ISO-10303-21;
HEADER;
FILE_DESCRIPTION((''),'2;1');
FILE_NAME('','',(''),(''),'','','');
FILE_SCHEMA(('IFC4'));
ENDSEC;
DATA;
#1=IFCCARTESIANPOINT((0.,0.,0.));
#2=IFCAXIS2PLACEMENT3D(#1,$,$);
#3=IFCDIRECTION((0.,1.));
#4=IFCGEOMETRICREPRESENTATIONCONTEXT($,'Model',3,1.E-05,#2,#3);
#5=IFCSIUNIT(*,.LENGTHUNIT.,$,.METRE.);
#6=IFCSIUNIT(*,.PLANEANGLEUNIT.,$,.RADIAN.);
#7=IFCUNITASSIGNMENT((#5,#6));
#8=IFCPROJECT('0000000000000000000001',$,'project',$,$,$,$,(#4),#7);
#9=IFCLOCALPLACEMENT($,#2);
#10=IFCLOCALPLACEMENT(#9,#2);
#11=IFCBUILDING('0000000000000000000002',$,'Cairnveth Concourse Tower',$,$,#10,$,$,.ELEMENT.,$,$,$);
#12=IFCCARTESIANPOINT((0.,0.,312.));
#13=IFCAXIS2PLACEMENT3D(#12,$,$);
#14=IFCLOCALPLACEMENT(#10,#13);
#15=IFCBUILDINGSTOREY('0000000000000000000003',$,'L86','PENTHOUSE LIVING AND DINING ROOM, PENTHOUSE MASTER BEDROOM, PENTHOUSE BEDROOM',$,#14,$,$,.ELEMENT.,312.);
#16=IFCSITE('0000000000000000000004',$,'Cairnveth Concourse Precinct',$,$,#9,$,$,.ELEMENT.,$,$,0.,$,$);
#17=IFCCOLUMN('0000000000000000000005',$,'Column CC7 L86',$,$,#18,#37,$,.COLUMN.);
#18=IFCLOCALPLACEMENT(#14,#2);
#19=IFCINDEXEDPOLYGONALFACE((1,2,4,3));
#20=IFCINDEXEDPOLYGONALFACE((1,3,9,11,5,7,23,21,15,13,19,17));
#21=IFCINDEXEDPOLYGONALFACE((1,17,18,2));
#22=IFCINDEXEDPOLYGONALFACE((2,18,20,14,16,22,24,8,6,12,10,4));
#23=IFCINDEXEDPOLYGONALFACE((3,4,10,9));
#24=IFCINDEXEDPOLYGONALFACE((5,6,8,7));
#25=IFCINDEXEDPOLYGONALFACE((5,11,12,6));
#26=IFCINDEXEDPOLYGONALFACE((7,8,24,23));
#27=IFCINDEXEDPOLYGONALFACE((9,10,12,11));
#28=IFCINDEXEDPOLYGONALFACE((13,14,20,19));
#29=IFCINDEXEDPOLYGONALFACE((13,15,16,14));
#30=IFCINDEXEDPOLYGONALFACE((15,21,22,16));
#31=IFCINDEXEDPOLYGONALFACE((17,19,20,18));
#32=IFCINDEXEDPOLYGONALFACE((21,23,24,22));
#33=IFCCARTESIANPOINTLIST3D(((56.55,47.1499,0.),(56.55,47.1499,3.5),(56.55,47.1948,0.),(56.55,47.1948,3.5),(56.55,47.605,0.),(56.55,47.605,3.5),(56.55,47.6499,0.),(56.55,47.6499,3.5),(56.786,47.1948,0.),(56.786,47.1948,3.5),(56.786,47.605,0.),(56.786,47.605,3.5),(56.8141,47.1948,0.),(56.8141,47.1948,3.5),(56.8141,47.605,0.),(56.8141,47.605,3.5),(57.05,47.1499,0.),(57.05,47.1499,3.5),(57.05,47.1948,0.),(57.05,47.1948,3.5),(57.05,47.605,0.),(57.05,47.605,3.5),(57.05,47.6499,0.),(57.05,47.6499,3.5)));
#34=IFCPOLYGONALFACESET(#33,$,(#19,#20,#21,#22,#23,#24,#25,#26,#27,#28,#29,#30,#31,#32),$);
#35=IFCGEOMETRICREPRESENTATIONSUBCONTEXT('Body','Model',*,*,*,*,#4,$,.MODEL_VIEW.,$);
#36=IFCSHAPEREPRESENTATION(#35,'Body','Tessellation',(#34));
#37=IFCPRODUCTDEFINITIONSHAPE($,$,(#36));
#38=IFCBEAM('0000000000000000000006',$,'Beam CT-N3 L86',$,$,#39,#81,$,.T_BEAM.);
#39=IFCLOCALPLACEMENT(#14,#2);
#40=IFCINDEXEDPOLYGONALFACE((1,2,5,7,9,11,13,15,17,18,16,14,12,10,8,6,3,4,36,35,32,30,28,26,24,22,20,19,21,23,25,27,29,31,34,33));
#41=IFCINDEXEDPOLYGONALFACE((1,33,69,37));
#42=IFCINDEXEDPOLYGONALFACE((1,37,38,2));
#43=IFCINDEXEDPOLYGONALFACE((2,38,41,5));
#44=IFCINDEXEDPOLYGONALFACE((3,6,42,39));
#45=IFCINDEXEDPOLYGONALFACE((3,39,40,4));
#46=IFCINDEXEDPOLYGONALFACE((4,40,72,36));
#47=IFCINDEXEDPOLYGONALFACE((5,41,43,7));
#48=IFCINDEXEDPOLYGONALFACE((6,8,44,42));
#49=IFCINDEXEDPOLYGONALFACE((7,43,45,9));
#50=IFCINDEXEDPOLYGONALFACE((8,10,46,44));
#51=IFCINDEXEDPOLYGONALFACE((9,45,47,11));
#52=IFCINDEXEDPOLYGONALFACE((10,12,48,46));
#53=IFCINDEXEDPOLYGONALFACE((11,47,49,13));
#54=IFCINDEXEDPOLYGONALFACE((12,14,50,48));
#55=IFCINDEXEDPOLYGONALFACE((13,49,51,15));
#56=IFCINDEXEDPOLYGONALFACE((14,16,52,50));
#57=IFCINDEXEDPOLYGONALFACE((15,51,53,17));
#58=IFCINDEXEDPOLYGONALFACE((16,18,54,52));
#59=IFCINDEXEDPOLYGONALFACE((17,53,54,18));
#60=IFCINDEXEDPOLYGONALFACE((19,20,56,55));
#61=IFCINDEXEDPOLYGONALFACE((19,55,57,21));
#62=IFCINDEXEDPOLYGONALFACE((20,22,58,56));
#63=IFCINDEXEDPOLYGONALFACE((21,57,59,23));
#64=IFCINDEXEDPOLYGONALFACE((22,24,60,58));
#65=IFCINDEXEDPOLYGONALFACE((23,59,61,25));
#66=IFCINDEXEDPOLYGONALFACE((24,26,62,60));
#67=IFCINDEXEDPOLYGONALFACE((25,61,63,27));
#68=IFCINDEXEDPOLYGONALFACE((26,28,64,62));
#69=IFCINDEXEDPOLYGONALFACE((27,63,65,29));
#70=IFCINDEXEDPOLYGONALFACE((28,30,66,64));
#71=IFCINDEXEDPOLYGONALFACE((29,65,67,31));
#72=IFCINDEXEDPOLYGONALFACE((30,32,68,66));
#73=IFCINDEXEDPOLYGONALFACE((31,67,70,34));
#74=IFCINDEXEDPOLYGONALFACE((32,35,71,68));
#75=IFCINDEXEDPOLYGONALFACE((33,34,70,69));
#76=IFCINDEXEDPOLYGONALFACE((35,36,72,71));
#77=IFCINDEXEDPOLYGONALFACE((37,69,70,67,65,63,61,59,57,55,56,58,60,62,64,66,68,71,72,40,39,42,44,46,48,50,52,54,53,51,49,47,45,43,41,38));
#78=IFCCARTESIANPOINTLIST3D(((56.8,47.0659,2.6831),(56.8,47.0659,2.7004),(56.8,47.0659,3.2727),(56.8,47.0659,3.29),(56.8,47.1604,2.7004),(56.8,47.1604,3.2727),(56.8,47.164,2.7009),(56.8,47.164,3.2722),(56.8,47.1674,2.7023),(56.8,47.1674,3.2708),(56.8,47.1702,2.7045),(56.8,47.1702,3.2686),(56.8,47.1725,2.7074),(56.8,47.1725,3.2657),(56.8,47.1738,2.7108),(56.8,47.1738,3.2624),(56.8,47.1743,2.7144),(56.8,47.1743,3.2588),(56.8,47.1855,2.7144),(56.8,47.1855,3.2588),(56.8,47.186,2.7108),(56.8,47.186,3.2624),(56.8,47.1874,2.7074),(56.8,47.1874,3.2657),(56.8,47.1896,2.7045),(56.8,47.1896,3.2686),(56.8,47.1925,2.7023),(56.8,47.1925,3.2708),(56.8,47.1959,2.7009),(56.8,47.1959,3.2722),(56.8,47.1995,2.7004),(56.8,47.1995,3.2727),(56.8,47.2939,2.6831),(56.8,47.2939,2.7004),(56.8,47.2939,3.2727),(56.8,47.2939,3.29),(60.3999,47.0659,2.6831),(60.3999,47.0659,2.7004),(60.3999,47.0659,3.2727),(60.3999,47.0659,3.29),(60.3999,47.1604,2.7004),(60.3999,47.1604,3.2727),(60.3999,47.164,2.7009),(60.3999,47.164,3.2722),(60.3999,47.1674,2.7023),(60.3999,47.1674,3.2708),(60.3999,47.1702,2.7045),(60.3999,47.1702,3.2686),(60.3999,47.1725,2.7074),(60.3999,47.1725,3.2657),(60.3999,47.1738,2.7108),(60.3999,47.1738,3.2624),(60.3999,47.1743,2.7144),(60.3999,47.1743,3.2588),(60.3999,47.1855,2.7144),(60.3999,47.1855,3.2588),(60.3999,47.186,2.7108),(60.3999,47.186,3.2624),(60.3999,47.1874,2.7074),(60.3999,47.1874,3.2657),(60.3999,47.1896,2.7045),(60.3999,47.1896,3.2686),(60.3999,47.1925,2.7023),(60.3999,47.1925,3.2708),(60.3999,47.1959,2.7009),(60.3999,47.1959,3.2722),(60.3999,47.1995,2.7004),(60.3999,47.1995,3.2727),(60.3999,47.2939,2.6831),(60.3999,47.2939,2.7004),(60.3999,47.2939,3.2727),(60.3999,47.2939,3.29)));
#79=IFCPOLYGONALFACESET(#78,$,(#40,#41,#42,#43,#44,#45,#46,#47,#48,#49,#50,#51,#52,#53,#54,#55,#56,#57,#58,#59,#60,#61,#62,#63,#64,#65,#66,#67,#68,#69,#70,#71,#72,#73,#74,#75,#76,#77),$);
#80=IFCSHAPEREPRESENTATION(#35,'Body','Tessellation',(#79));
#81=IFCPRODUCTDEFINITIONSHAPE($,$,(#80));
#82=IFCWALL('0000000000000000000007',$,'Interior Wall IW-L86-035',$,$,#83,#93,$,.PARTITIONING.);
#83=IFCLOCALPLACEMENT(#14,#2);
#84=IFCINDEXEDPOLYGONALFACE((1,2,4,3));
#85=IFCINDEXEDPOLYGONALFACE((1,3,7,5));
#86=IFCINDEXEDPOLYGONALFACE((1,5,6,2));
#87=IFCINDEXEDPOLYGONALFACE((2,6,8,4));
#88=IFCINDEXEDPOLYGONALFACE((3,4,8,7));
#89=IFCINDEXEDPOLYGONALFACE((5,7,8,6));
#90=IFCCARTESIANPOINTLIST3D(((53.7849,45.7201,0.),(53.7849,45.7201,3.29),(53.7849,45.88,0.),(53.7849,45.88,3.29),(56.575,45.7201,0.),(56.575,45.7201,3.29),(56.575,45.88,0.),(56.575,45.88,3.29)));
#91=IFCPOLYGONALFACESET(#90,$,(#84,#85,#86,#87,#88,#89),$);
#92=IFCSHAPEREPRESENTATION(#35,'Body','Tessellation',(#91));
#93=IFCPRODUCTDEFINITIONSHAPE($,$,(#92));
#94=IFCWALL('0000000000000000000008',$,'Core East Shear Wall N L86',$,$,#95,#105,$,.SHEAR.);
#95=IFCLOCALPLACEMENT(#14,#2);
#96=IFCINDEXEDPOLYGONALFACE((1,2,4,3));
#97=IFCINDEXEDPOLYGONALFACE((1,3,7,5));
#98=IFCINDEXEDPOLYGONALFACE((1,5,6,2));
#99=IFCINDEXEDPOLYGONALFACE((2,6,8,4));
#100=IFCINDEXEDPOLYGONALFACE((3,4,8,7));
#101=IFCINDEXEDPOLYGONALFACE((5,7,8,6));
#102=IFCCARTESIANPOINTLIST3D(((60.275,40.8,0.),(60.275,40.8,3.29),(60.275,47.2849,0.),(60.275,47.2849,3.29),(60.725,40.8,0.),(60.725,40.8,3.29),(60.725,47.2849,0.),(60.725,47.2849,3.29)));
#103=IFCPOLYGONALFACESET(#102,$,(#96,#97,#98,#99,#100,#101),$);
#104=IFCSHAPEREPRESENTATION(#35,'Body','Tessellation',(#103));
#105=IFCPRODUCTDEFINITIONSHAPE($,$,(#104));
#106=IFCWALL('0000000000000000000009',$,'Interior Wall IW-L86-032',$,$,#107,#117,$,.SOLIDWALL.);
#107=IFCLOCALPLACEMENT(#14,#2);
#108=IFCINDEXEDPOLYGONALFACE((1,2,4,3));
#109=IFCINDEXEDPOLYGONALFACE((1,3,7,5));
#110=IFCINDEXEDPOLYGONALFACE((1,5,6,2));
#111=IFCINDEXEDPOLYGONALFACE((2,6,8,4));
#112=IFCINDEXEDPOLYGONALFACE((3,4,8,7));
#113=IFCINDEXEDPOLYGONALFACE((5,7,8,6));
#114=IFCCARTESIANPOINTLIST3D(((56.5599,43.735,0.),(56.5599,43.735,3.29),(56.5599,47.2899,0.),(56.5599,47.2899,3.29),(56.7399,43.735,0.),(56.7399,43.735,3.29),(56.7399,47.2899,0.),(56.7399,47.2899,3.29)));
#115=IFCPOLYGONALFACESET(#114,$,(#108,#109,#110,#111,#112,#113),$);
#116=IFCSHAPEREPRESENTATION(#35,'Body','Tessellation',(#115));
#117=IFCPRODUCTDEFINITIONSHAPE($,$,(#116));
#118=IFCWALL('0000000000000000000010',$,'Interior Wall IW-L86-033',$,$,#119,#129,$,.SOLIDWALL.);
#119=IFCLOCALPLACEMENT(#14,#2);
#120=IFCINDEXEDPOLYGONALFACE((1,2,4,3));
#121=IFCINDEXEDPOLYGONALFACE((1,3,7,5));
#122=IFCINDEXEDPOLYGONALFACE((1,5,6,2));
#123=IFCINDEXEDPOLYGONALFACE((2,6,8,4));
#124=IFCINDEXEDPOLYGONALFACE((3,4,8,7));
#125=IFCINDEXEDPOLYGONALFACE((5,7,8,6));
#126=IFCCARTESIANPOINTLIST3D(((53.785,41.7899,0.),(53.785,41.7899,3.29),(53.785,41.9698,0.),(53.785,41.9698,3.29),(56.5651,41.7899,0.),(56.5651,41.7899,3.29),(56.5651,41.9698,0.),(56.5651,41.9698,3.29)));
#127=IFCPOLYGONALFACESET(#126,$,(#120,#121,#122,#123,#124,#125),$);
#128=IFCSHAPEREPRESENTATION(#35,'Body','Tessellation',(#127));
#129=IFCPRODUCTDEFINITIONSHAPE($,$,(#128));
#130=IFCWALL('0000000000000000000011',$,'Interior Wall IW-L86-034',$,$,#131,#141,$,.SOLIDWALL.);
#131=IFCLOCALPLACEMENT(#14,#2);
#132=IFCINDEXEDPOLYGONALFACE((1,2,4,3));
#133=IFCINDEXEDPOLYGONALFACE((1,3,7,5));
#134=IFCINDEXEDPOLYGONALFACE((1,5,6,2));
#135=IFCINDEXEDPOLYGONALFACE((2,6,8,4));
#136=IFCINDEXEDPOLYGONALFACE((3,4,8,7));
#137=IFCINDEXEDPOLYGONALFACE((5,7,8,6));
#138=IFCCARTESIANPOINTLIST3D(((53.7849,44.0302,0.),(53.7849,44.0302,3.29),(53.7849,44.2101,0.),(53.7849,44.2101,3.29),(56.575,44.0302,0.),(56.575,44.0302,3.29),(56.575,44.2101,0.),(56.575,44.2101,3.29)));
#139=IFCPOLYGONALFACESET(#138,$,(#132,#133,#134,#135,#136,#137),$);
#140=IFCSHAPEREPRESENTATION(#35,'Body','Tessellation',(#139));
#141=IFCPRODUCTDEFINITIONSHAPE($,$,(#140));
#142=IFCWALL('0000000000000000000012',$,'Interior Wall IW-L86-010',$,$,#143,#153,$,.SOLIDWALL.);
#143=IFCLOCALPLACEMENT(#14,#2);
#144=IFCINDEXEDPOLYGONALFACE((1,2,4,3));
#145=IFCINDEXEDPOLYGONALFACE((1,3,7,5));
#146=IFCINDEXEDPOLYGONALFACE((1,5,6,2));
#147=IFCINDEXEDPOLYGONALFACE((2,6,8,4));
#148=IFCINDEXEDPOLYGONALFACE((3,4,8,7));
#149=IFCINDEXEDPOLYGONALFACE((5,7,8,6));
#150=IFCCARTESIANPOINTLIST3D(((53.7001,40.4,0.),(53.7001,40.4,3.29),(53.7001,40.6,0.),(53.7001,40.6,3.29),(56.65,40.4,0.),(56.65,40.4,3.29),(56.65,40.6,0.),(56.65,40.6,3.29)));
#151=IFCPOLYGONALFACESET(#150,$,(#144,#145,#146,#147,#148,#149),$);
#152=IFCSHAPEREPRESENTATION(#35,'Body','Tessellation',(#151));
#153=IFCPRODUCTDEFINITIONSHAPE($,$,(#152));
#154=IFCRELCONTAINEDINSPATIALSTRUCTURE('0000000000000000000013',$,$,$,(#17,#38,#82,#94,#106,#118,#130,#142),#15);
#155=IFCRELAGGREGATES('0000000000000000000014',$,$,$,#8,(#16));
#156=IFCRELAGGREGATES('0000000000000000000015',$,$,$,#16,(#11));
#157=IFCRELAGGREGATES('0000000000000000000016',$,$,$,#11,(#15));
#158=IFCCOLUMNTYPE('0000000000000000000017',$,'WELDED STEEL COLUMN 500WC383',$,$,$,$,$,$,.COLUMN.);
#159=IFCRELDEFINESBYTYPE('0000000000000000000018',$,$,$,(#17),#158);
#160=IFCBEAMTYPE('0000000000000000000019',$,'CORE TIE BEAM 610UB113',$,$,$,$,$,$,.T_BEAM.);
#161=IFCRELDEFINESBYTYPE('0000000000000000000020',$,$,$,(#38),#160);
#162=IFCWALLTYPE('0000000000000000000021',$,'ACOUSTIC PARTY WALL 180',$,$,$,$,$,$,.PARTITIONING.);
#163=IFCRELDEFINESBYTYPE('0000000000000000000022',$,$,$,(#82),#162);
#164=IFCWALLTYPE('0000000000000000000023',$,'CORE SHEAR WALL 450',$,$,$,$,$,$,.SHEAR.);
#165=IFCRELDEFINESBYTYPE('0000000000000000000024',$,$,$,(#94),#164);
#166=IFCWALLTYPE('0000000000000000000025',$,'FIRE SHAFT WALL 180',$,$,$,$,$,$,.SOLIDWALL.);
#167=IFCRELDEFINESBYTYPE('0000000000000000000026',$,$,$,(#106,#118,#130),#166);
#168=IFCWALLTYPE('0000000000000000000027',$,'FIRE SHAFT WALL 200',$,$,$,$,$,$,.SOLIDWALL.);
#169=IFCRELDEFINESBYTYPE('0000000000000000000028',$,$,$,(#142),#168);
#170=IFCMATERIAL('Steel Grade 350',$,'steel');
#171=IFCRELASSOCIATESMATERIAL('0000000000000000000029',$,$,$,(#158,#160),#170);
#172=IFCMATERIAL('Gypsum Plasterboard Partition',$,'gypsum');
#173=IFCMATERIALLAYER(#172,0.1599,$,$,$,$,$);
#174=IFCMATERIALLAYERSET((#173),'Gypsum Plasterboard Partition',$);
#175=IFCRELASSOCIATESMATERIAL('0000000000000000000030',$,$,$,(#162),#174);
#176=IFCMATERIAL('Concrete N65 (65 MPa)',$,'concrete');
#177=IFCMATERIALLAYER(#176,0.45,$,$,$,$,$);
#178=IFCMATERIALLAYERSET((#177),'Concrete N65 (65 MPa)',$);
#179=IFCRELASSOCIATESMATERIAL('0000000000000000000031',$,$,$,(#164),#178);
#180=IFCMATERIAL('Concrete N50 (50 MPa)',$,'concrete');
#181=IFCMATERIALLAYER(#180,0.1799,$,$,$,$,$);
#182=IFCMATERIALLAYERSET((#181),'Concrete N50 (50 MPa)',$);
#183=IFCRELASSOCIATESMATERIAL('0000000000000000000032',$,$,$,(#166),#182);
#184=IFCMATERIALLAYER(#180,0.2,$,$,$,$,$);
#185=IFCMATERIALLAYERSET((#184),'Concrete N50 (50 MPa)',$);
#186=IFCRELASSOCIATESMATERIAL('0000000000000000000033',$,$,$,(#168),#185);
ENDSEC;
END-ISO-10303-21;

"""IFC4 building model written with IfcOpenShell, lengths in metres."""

from ifc_helpers import new_model, si_unit, direction, frame, frame_2d, origin, origin_2d, place, context, subcontext, project, spatial, rectangle, i_section, extrude, material, layer, layer_set, material_profile, profile_set, type_object, element, save


model = new_model("IFC4")

# Units and contexts
model_context = context("Model", 3, precision=1e-05, world=origin(), true_north=direction((0.0, 1.0)))
body_context = subcontext(model_context, "Body", "Model", "MODEL_VIEW")
ifc_project = project(units=[si_unit("LENGTHUNIT", "METRE"), si_unit("PLANEANGLEUNIT", "RADIAN")], contexts=[model_context])

# Site, building, storey
site_placement = place(None, origin())
site = spatial("IfcSite", under=ifc_project, at=site_placement, Name="Cairnveth Concourse Precinct", CompositionType="ELEMENT", RefElevation=0.0)
building_placement = place(site_placement, origin())
building = spatial("IfcBuilding", under=site, at=building_placement, Name="Cairnveth Concourse Tower", CompositionType="ELEMENT")
storey_placement = place(building_placement, frame((0.0, 0.0, 312.0)))
storey = spatial("IfcBuildingStorey", under=building, at=storey_placement, Name="L86", Description="PENTHOUSE LIVING AND DINING ROOM, PENTHOUSE MASTER BEDROOM, PENTHOUSE BEDROOM", CompositionType="ELEMENT", Elevation=312.0)

# Column
ifc_material_1 = material(Name="Steel Grade 350", Category="steel")
ifc_material_profile_1 = material_profile(ifc_material_1, i_section(OverallWidth=0.5, OverallDepth=0.5, WebThickness=0.0281, FlangeThickness=0.0449, at=origin_2d()), Name="500WC383")
ifc_profile_set_1 = profile_set([ifc_material_profile_1], Name="Steel Grade 350")
column_type = type_object("IfcColumnType", Name="WELDED STEEL COLUMN 500WC383", PredefinedType="COLUMN", material=ifc_profile_set_1)
column_placement = place(storey_placement, frame((56.8, 47.3999, 0.0), z_axis=(0.0, 0.0, 1.0), x_axis=(1.0, 0.0, 0.0)))
element("IfcColumn", 1, at=column_placement, inside=storey, type_object=column_type, Name="Column CC7 L86", PredefinedType="COLUMN", context=body_context, shape_type="SweptSolid", body=[
    extrude(i_section(OverallWidth=0.5, OverallDepth=0.5, WebThickness=0.0281, FlangeThickness=0.0449, at=origin_2d()), origin(), (0.0, 0.0, 1.0), 3.5),
])

# Beam
ifc_material_profile_2 = material_profile(ifc_material_1, i_section(OverallWidth=0.228, OverallDepth=0.6069, WebThickness=0.0112, FlangeThickness=0.0173, FilletRadius=0.0139, at=origin_2d()), Name="610UB113")
ifc_profile_set_2 = profile_set([ifc_material_profile_2], Name="Steel Grade 350")
beam_type = type_object("IfcBeamType", Name="CORE TIE BEAM 610UB113", PredefinedType="T_BEAM", material=ifc_profile_set_2)
beam_placement = place(storey_placement, frame((56.8, 47.1799, 2.9866), z_axis=(1.0, 0.0, 0.0), x_axis=(0.0, 1.0, 0.0)))
element("IfcBeam", 2, at=beam_placement, inside=storey, type_object=beam_type, Name="Beam CT-N3 L86", PredefinedType="T_BEAM", context=body_context, shape_type="SweptSolid", body=[
    extrude(i_section(OverallWidth=0.228, OverallDepth=0.6069, WebThickness=0.0112, FlangeThickness=0.0173, FilletRadius=0.0139, at=origin_2d()), origin(), (0.0, 0.0, 1.0), 3.5999),
])

# Walls
ifc_material_2 = material(Name="Gypsum Plasterboard Partition", Category="gypsum")
ifc_layer_1 = layer(ifc_material_2, 0.1599)
ifc_layer_set_1 = layer_set([ifc_layer_1], Name="Gypsum Plasterboard Partition")
wall_type_1 = type_object("IfcWallType", Name="ACOUSTIC PARTY WALL 180", PredefinedType="PARTITIONING", material=ifc_layer_set_1)
wall_1_placement = place(storey_placement, frame((53.7849, 45.8, 0.0), z_axis=(0.0, 0.0, 1.0), x_axis=(1.0, 0.0, 0.0)))
element("IfcWall", 3, at=wall_1_placement, inside=storey, type_object=wall_type_1, Name="Interior Wall IW-L86-035", PredefinedType="PARTITIONING", context=body_context, shape_type="SweptSolid", body=[
    extrude(rectangle(XDim=2.79, YDim=0.1599, at=frame_2d((1.395, 0.0))), origin(), (0.0, 0.0, 1.0), 3.29),
])
ifc_material_3 = material(Name="Concrete N65 (65 MPa)", Category="concrete")
ifc_layer_2 = layer(ifc_material_3, 0.45)
ifc_layer_set_2 = layer_set([ifc_layer_2], Name="Concrete N65 (65 MPa)")
wall_type_2 = type_object("IfcWallType", Name="CORE SHEAR WALL 450", PredefinedType="SHEAR", material=ifc_layer_set_2)
wall_2_placement = place(storey_placement, frame((60.5, 40.8, 0.0), z_axis=(0.0, 0.0, 1.0), x_axis=(0.0, 1.0, 0.0)))
element("IfcWall", 4, at=wall_2_placement, inside=storey, type_object=wall_type_2, Name="Core East Shear Wall N L86", PredefinedType="SHEAR", context=body_context, shape_type="SweptSolid", body=[
    extrude(rectangle(XDim=6.4849, YDim=0.45, at=frame_2d((3.2424, 0.0))), origin(), (0.0, 0.0, 1.0), 3.29),
])
ifc_material_4 = material(Name="Concrete N50 (50 MPa)", Category="concrete")
ifc_layer_3 = layer(ifc_material_4, 0.1799)
ifc_layer_set_3 = layer_set([ifc_layer_3], Name="Concrete N50 (50 MPa)")
wall_type_3 = type_object("IfcWallType", Name="FIRE SHAFT WALL 180", PredefinedType="SOLIDWALL", material=ifc_layer_set_3)
wall_3_placement = place(storey_placement, frame((56.6499, 43.7351, 0.0), z_axis=(0.0, 0.0, 1.0), x_axis=(0.0, 1.0, 0.0)))
element("IfcWall", 5, at=wall_3_placement, inside=storey, type_object=wall_type_3, Name="Interior Wall IW-L86-032", PredefinedType="SOLIDWALL", context=body_context, shape_type="SweptSolid", body=[
    extrude(rectangle(XDim=3.5549, YDim=0.1799, at=frame_2d((1.7773, 0.0))), origin(), (0.0, 0.0, 1.0), 3.29),
])
wall_4_placement = place(storey_placement, frame((53.7849, 41.8799, 0.0), z_axis=(0.0, 0.0, 1.0), x_axis=(1.0, 0.0, 0.0)))
element("IfcWall", 6, at=wall_4_placement, inside=storey, type_object=wall_type_3, Name="Interior Wall IW-L86-033", PredefinedType="SOLIDWALL", context=body_context, shape_type="SweptSolid", body=[
    extrude(rectangle(XDim=2.78, YDim=0.1799, at=frame_2d((1.3901, 0.0))), origin(), (0.0, 0.0, 1.0), 3.29),
])
wall_5_placement = place(storey_placement, frame((53.7849, 44.1201, 0.0), z_axis=(0.0, 0.0, 1.0), x_axis=(1.0, 0.0, 0.0)))
element("IfcWall", 7, at=wall_5_placement, inside=storey, type_object=wall_type_3, Name="Interior Wall IW-L86-034", PredefinedType="SOLIDWALL", context=body_context, shape_type="SweptSolid", body=[
    extrude(rectangle(XDim=2.79, YDim=0.1799, at=frame_2d((1.395, 0.0))), origin(), (0.0, 0.0, 1.0), 3.29),
])
ifc_layer_4 = layer(ifc_material_4, 0.2)
ifc_layer_set_4 = layer_set([ifc_layer_4], Name="Concrete N50 (50 MPa)")
wall_type_4 = type_object("IfcWallType", Name="FIRE SHAFT WALL 200", PredefinedType="SOLIDWALL", material=ifc_layer_set_4)
wall_6_placement = place(storey_placement, frame((53.7, 40.5, 0.0), z_axis=(0.0, 0.0, 1.0), x_axis=(1.0, 0.0, 0.0)))
element("IfcWall", 8, at=wall_6_placement, inside=storey, type_object=wall_type_4, Name="Interior Wall IW-L86-010", PredefinedType="SOLIDWALL", context=body_context, shape_type="SweptSolid", body=[
    extrude(rectangle(XDim=2.95, YDim=0.2, at=frame_2d((1.4751, 0.0))), origin(), (0.0, 0.0, 1.0), 3.29),
])

save(model, "model.ifc")
